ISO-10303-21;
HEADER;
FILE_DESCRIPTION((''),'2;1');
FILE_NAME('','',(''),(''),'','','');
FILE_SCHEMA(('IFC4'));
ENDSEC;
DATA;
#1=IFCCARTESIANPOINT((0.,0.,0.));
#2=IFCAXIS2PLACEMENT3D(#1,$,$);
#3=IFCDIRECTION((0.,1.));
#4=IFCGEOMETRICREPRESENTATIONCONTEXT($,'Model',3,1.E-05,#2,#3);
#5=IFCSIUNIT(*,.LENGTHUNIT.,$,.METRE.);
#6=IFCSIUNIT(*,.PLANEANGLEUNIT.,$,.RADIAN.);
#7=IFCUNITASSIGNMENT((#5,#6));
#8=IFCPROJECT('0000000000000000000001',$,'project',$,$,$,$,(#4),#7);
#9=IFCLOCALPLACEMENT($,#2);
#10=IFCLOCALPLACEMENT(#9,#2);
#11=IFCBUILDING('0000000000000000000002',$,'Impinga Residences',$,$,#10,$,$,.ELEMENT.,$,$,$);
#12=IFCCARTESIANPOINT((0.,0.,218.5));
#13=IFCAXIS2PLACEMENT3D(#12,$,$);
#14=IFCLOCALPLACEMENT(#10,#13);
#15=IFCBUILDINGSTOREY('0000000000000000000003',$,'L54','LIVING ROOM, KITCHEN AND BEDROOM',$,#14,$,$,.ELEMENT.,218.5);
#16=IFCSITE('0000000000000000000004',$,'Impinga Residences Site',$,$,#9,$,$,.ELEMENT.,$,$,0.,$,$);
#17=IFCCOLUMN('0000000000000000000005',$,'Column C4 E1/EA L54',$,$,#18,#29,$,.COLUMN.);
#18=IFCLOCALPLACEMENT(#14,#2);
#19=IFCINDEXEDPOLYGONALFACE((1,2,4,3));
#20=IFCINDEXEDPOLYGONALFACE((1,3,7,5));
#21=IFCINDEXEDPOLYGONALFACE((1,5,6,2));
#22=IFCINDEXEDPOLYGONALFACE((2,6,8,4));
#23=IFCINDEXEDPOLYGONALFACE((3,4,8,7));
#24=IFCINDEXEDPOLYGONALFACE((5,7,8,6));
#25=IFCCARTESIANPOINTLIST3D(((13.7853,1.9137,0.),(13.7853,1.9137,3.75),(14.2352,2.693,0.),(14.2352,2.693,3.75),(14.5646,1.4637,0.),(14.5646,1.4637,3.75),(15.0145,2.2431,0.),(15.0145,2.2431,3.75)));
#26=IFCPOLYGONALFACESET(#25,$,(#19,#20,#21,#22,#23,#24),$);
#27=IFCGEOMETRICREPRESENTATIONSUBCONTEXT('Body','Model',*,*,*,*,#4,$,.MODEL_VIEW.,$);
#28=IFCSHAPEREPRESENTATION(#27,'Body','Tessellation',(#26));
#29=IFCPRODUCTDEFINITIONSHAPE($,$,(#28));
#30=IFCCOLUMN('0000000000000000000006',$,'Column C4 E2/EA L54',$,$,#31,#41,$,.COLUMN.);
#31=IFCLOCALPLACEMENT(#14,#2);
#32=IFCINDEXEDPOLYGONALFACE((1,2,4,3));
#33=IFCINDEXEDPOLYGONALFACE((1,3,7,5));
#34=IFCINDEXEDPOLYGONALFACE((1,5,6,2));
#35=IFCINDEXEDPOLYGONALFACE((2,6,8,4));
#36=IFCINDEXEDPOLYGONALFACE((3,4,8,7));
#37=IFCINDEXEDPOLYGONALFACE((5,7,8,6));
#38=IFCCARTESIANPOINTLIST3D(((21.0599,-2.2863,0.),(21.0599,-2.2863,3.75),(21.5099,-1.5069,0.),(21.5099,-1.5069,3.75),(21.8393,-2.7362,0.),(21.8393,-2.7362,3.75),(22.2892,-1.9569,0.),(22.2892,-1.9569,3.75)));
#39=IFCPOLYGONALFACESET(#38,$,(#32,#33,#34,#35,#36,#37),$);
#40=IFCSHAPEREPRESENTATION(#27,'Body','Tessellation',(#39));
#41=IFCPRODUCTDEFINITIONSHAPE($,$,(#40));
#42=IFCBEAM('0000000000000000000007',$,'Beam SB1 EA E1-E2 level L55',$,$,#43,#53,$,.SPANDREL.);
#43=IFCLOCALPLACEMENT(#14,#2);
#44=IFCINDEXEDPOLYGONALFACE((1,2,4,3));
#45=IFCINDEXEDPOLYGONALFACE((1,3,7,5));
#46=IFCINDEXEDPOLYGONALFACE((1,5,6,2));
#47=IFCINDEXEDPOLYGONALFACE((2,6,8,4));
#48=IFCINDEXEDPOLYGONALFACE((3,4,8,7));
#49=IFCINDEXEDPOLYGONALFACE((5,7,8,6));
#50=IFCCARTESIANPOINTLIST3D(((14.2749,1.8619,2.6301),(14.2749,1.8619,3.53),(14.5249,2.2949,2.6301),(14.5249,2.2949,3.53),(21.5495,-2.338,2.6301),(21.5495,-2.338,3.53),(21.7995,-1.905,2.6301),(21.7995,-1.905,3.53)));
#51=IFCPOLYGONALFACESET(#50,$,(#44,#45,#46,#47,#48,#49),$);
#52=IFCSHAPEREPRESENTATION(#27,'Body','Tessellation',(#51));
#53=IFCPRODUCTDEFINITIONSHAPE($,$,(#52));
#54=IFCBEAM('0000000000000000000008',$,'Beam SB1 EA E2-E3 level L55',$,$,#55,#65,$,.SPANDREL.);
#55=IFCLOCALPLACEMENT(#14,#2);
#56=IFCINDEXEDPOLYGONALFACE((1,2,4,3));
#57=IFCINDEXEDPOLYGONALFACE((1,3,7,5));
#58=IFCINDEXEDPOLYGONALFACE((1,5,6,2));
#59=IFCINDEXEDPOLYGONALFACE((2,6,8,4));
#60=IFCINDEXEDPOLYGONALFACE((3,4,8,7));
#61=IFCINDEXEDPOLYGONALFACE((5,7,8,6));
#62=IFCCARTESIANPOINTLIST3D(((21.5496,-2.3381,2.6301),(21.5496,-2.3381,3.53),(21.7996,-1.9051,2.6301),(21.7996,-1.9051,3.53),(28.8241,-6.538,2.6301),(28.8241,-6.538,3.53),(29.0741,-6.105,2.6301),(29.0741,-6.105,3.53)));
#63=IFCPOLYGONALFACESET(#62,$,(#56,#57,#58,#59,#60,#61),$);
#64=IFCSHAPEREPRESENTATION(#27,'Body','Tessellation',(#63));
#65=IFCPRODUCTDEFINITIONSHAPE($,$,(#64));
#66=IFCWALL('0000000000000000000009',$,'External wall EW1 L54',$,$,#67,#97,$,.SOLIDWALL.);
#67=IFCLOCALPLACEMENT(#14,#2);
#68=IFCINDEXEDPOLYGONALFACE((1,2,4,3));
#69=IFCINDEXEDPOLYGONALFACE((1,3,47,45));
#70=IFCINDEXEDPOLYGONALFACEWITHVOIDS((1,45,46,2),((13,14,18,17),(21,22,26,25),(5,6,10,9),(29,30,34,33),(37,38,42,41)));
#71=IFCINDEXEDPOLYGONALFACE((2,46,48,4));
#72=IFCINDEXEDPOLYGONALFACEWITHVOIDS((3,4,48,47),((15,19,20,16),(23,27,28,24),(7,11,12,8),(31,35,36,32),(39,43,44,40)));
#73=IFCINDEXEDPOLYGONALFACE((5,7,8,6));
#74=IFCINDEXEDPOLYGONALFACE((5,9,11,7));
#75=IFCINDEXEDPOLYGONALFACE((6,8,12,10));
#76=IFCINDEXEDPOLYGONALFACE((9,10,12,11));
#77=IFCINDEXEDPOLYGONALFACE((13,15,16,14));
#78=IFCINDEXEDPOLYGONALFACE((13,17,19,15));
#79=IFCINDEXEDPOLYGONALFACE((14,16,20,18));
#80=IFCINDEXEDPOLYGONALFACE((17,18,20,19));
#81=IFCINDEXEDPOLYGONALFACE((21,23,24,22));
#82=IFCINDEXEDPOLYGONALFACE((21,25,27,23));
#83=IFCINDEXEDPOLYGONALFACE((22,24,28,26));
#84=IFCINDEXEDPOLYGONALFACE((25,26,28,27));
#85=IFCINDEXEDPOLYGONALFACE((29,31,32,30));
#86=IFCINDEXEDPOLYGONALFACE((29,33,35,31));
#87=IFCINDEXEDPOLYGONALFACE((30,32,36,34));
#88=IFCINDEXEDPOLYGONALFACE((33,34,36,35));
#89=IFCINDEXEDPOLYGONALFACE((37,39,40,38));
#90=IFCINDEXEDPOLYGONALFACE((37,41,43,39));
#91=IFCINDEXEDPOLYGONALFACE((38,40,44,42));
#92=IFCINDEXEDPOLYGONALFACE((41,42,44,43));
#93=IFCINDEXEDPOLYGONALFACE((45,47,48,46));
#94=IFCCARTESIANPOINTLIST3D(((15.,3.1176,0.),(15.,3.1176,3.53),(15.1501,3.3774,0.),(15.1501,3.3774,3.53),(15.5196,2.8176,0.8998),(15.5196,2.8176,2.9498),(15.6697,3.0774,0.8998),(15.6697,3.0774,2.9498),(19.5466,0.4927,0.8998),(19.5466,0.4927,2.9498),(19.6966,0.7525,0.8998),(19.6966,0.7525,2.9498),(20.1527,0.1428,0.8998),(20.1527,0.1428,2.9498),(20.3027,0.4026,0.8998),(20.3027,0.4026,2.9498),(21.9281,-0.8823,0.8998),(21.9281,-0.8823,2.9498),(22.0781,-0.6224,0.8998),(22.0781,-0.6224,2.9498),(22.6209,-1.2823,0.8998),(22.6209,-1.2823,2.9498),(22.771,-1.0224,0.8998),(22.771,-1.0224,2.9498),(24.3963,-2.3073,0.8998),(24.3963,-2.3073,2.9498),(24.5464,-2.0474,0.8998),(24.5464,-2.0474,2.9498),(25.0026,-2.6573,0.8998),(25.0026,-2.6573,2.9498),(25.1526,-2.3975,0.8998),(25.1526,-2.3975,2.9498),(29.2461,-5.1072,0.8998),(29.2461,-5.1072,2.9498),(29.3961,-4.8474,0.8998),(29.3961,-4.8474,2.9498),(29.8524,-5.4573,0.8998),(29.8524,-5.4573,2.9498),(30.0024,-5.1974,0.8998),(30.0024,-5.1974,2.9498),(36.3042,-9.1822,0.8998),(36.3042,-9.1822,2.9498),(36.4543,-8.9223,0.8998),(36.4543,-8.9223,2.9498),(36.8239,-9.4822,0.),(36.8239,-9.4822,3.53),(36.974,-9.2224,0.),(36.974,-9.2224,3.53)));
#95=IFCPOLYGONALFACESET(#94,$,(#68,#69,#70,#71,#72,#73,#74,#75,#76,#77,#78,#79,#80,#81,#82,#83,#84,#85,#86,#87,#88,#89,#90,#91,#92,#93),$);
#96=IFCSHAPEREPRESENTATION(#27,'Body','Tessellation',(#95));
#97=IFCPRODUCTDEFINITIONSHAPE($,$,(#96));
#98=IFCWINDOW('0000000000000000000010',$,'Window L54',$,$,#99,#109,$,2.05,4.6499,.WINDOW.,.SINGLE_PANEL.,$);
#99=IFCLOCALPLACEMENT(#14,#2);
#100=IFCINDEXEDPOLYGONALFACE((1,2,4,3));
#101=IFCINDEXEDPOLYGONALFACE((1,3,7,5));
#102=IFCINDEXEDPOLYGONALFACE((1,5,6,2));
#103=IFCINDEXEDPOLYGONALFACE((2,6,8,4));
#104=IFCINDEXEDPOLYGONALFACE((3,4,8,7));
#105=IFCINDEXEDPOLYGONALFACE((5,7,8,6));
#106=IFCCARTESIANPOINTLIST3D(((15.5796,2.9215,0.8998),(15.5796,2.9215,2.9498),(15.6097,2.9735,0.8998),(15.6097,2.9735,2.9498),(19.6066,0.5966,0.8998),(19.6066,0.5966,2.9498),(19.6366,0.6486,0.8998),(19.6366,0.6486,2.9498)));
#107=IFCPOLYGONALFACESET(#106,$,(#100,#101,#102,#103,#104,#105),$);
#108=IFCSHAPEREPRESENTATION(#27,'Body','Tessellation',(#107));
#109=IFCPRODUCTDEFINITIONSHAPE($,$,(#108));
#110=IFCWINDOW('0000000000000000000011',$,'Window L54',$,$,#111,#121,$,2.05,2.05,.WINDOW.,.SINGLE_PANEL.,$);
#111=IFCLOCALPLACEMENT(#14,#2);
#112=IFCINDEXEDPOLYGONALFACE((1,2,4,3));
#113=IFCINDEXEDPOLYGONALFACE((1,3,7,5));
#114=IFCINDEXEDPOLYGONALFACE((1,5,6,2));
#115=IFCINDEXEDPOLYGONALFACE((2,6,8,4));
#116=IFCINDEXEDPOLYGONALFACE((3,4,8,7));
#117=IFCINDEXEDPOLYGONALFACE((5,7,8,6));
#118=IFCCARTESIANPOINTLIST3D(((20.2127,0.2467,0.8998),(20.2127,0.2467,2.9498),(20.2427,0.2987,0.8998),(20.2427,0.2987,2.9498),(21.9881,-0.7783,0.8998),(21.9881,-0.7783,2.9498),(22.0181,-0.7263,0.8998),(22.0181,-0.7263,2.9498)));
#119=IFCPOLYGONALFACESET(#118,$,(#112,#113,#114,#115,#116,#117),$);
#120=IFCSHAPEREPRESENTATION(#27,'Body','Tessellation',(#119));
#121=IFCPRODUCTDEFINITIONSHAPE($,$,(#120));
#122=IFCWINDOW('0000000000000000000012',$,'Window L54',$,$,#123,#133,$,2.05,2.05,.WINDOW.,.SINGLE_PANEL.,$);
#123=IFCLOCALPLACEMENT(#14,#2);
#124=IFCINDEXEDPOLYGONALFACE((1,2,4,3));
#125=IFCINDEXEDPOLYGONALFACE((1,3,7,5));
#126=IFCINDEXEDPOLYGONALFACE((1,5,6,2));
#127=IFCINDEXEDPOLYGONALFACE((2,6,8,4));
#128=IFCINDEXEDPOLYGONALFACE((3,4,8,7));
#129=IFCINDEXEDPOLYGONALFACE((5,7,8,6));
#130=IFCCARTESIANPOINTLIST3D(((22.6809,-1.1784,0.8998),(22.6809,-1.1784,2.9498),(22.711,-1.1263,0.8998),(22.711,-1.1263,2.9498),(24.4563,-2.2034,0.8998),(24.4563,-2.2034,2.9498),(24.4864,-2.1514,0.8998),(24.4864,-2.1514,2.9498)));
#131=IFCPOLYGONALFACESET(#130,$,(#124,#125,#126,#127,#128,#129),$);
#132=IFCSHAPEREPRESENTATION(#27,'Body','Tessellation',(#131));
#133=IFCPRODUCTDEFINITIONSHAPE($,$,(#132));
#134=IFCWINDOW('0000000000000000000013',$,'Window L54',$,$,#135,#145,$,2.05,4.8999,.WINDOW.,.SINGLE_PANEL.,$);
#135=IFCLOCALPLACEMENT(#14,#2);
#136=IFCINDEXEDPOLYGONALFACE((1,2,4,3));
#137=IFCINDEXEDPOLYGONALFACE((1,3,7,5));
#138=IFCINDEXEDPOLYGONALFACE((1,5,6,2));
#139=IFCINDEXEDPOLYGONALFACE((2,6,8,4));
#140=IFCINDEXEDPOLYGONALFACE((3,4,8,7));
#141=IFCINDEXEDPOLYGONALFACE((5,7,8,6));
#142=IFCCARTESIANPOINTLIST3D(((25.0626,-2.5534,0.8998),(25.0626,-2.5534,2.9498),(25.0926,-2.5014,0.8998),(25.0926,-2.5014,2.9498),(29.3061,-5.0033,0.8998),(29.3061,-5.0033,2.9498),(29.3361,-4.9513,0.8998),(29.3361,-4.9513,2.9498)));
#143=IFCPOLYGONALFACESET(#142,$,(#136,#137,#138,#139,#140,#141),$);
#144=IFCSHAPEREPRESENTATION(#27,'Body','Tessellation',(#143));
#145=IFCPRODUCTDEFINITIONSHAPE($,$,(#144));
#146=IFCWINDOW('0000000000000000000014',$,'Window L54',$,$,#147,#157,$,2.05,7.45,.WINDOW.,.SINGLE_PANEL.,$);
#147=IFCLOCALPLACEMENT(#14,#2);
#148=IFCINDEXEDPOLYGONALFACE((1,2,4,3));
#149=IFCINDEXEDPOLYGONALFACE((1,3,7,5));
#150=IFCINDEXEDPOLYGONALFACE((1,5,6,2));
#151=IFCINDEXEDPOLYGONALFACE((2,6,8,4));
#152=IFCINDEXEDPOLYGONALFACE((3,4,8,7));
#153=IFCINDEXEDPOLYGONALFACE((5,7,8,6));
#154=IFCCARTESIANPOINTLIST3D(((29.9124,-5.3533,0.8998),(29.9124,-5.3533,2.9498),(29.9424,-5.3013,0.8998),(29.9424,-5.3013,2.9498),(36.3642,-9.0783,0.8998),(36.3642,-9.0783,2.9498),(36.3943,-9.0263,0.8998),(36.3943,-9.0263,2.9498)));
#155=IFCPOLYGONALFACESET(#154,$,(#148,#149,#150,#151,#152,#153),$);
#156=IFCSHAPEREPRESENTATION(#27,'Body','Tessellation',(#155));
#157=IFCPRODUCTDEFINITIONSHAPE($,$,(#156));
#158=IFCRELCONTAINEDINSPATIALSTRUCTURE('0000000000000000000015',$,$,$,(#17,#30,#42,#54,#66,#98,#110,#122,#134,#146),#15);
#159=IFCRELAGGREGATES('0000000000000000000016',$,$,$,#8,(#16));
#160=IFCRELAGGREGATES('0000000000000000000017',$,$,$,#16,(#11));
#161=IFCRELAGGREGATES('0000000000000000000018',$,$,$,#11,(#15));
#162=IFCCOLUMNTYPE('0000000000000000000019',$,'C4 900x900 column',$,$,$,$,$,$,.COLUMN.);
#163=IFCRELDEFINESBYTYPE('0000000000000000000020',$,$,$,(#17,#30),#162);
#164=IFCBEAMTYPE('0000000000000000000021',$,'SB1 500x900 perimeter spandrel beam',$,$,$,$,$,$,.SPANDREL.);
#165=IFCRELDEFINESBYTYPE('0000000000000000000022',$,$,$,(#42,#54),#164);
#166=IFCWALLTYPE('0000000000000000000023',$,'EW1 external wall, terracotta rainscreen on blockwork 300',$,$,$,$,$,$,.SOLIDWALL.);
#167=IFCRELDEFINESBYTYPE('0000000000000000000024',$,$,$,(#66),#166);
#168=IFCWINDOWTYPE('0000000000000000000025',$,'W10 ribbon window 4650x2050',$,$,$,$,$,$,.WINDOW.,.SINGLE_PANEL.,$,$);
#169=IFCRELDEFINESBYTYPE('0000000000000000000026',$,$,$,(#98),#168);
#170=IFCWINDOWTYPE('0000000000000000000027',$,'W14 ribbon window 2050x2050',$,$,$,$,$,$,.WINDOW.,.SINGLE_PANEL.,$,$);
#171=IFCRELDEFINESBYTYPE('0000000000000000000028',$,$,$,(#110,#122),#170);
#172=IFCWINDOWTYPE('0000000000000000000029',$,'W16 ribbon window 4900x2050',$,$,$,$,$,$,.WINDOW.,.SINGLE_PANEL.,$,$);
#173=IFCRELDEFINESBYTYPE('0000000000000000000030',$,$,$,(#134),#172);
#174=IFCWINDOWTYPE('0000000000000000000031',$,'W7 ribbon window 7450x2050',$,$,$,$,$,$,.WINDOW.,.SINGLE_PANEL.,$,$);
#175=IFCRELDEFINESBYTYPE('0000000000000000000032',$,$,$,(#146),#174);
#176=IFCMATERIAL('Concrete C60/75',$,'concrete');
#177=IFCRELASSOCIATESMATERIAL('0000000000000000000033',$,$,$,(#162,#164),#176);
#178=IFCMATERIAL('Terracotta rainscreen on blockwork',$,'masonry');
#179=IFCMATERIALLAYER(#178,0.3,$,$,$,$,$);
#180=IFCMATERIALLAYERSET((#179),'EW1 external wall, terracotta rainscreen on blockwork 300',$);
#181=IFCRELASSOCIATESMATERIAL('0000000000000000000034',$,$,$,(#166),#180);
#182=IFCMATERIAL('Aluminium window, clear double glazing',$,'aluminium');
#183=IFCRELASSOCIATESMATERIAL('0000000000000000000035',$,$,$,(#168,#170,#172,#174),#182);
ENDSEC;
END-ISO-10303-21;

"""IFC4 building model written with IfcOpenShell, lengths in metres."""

from ifc_helpers import new_model, si_unit, direction, frame, frame_2d, origin, origin_2d, place, context, subcontext, project, spatial, rectangle, extrude, material, layer, layer_set, material_profile, profile_set, type_object, element, fill, save


model = new_model("IFC4")

# Units and contexts
model_context = context("Model", 3, precision=1e-05, world=origin(), true_north=direction((0.0, 1.0)))
body_context = subcontext(model_context, "Body", "Model", "MODEL_VIEW")
ifc_project = project(units=[si_unit("LENGTHUNIT", "METRE"), si_unit("PLANEANGLEUNIT", "RADIAN")], contexts=[model_context])

# Site, building, storey
site_placement = place(None, origin())
site = spatial("IfcSite", under=ifc_project, at=site_placement, Name="Impinga Residences Site", CompositionType="ELEMENT", RefElevation=0.0)
building_placement = place(site_placement, origin())
building = spatial("IfcBuilding", under=site, at=building_placement, Name="Impinga Residences", CompositionType="ELEMENT")
storey_placement = place(building_placement, frame((0.0, 0.0, 218.5)))
storey = spatial("IfcBuildingStorey", under=building, at=storey_placement, Name="L54", Description="LIVING ROOM, KITCHEN AND BEDROOM", CompositionType="ELEMENT", Elevation=218.5)

# Columns
ifc_material_1 = material(Name="Concrete C60/75", Category="concrete")
ifc_material_profile_1 = material_profile(ifc_material_1, rectangle(XDim=0.8999, YDim=0.8999, at=origin_2d()), Name="RC 900x900")
ifc_profile_set_1 = profile_set([ifc_material_profile_1], Name="Concrete C60/75")
column_type = type_object("IfcColumnType", Name="C4 900x900 column", PredefinedType="COLUMN", material=ifc_profile_set_1)
for number, where, z_axis, x_axis, name in (
    (1, (14.3999, 2.0784, 0.0), (0.0, 0.0, 1.0), (-0.5, -0.866025, 0.0), "Column C4 E1/EA L54"),
    (2, (21.6746, -2.1216, 0.0), (0.0, 0.0, 1.0), (-0.5, -0.866025, 0.0), "Column C4 E2/EA L54"),
):
    element("IfcColumn", number, at=place(storey_placement, frame(where, z_axis=z_axis, x_axis=x_axis)), inside=storey, type_object=column_type, Name=name, PredefinedType="COLUMN", context=body_context, shape_type="SweptSolid", body=[
        extrude(rectangle(XDim=0.8999, YDim=0.8999, at=origin_2d()), origin(), (0.0, 0.0, 1.0), 3.75),
    ])

# Beams
ifc_material_profile_2 = material_profile(ifc_material_1, rectangle(XDim=0.5, YDim=0.8999, at=origin_2d()), Name="RC 500x900")
ifc_profile_set_2 = profile_set([ifc_material_profile_2], Name="Concrete C60/75")
beam_type = type_object("IfcBeamType", Name="SB1 500x900 perimeter spandrel beam", PredefinedType="SPANDREL", material=ifc_profile_set_2)
for number, where, z_axis, x_axis, name in (
    (3, (14.3999, 2.0784, 3.0801), (0.866029, -0.499993, 0.0), (0.499993, 0.866029, 0.0), "Beam SB1 EA E1-E2 level L55"),
    (4, (21.6746, -2.1216, 3.0801), (0.866029, -0.499993, 0.0), (0.499993, 0.866029, 0.0), "Beam SB1 EA E2-E3 level L55"),
):
    element("IfcBeam", number, at=place(storey_placement, frame(where, z_axis=z_axis, x_axis=x_axis)), inside=storey, type_object=beam_type, Name=name, PredefinedType="SPANDREL", context=body_context, shape_type="SweptSolid", body=[
        extrude(rectangle(XDim=0.5, YDim=0.8999, at=origin_2d()), origin(), (0.0, 0.0, 1.0), 8.3999),
    ])

# Wall, openings, windows
ifc_material_2 = material(Name="Terracotta rainscreen on blockwork", Category="masonry")
ifc_layer_1 = layer(ifc_material_2, 0.3)
ifc_layer_set_1 = layer_set([ifc_layer_1], Name="EW1 external wall, terracotta rainscreen on blockwork 300")
wall_type_1 = type_object("IfcWallType", Name="EW1 external wall, terracotta rainscreen on blockwork 300", PredefinedType="SOLIDWALL", material=ifc_layer_set_1)
wall_1_placement = place(storey_placement, frame((15.075, 3.2476, 0.0), z_axis=(0.0, 0.0, 1.0), x_axis=(0.866029, -0.499993, 0.0)))
wall_1 = element("IfcWall", 5, at=wall_1_placement, inside=storey, type_object=wall_type_1, Name="External wall EW1 L54", PredefinedType="SOLIDWALL", context=body_context, shape_type="SweptSolid", body=[
    extrude(rectangle(XDim=25.2, YDim=0.3, at=frame_2d((12.6001, 0.0))), origin(), (0.0, 0.0, 1.0), 3.53),
])
opening_1_placement = place(wall_1_placement, frame((0.6001, 0.0, 0.8999)))
opening_1 = element("IfcOpeningElement", 6, at=opening_1_placement, cuts=wall_1, PredefinedType="OPENING", context=body_context, shape_type="SweptSolid", body=[
    extrude(rectangle(XDim=4.6499, YDim=2.05, at=frame_2d((2.325, 1.0249))), frame((0.0, 0.1599, 0.0), z_axis=(0.0, -1.0, 0.0), x_axis=(1.0, 0.0, 0.0)), (0.0, 0.0, 1.0), 0.3201),
])
opening_2_placement = place(wall_1_placement, frame((5.95, 0.0, 0.8999)))
opening_2 = element("IfcOpeningElement", 7, at=opening_2_placement, cuts=wall_1, PredefinedType="OPENING", context=body_context, shape_type="SweptSolid", body=[
    extrude(rectangle(XDim=2.05, YDim=2.05, at=frame_2d((1.0249, 1.0249))), frame((0.0, 0.1599, 0.0), z_axis=(0.0, -1.0, 0.0), x_axis=(1.0, 0.0, 0.0)), (0.0, 0.0, 1.0), 0.3201),
])
opening_3_placement = place(wall_1_placement, frame((8.8, 0.0, 0.8999)))
opening_3 = element("IfcOpeningElement", 8, at=opening_3_placement, cuts=wall_1, PredefinedType="OPENING", context=body_context, shape_type="SweptSolid", body=[
    extrude(rectangle(XDim=2.05, YDim=2.05, at=frame_2d((1.0249, 1.0249))), frame((0.0, 0.1599, 0.0), z_axis=(0.0, -1.0, 0.0), x_axis=(1.0, 0.0, 0.0)), (0.0, 0.0, 1.0), 0.3201),
])
opening_4_placement = place(wall_1_placement, frame((11.55, 0.0, 0.8999)))
opening_4 = element("IfcOpeningElement", 9, at=opening_4_placement, cuts=wall_1, PredefinedType="OPENING", context=body_context, shape_type="SweptSolid", body=[
    extrude(rectangle(XDim=4.8999, YDim=2.05, at=frame_2d((2.45, 1.0249))), frame((0.0, 0.1599, 0.0), z_axis=(0.0, -1.0, 0.0), x_axis=(1.0, 0.0, 0.0)), (0.0, 0.0, 1.0), 0.3201),
])
opening_5_placement = place(wall_1_placement, frame((17.1499, 0.0, 0.8999)))
opening_5 = element("IfcOpeningElement", 10, at=opening_5_placement, cuts=wall_1, PredefinedType="OPENING", context=body_context, shape_type="SweptSolid", body=[
    extrude(rectangle(XDim=7.45, YDim=2.05, at=frame_2d((3.7251, 1.0249))), frame((0.0, 0.1599, 0.0), z_axis=(0.0, -1.0, 0.0), x_axis=(1.0, 0.0, 0.0)), (0.0, 0.0, 1.0), 0.3201),
])
ifc_material_3 = material(Name="Aluminium window, clear double glazing", Category="aluminium")
window_type_1 = type_object("IfcWindowType", Name="W10 ribbon window 4650x2050", PartitioningType="SINGLE_PANEL", PredefinedType="WINDOW", material=ifc_material_3)
window_1_placement = place(opening_1_placement, origin())
window_1 = element("IfcWindow", 11, at=window_1_placement, inside=storey, type_object=window_type_1, Name="Window L54", OverallHeight=2.05, OverallWidth=4.6499, PartitioningType="SINGLE_PANEL", PredefinedType="WINDOW", context=body_context, shape_type="SweptSolid", body=[
    extrude(rectangle(XDim=4.6499, YDim=2.05, at=frame_2d((2.325, 1.0249))), frame((0.0, 0.03, 0.0), z_axis=(0.0, -1.0, 0.0), x_axis=(1.0, 0.0, 0.0)), (0.0, 0.0, 1.0), 0.0601),
])
fill(opening_1, window_1)
window_type_2 = type_object("IfcWindowType", Name="W14 ribbon window 2050x2050", PartitioningType="SINGLE_PANEL", PredefinedType="WINDOW", material=ifc_material_3)
window_2_placement = place(opening_2_placement, origin())
window_2 = element("IfcWindow", 12, at=window_2_placement, inside=storey, type_object=window_type_2, Name="Window L54", OverallHeight=2.05, OverallWidth=2.05, PartitioningType="SINGLE_PANEL", PredefinedType="WINDOW", context=body_context, shape_type="SweptSolid", body=[
    extrude(rectangle(XDim=2.05, YDim=2.05, at=frame_2d((1.0249, 1.0249))), frame((0.0, 0.03, 0.0), z_axis=(0.0, -1.0, 0.0), x_axis=(1.0, 0.0, 0.0)), (0.0, 0.0, 1.0), 0.0601),
])
fill(opening_2, window_2)
window_3_placement = place(opening_3_placement, origin())
window_3 = element("IfcWindow", 13, at=window_3_placement, inside=storey, type_object=window_type_2, Name="Window L54", OverallHeight=2.05, OverallWidth=2.05, PartitioningType="SINGLE_PANEL", PredefinedType="WINDOW", context=body_context, shape_type="SweptSolid", body=[
    extrude(rectangle(XDim=2.05, YDim=2.05, at=frame_2d((1.0249, 1.0249))), frame((0.0, 0.03, 0.0), z_axis=(0.0, -1.0, 0.0), x_axis=(1.0, 0.0, 0.0)), (0.0, 0.0, 1.0), 0.0601),
])
fill(opening_3, window_3)
window_type_3 = type_object("IfcWindowType", Name="W16 ribbon window 4900x2050", PartitioningType="SINGLE_PANEL", PredefinedType="WINDOW", material=ifc_material_3)
window_4_placement = place(opening_4_placement, origin())
window_4 = element("IfcWindow", 14, at=window_4_placement, inside=storey, type_object=window_type_3, Name="Window L54", OverallHeight=2.05, OverallWidth=4.8999, PartitioningType="SINGLE_PANEL", PredefinedType="WINDOW", context=body_context, shape_type="SweptSolid", body=[
    extrude(rectangle(XDim=4.8999, YDim=2.05, at=frame_2d((2.45, 1.0249))), frame((0.0, 0.03, 0.0), z_axis=(0.0, -1.0, 0.0), x_axis=(1.0, 0.0, 0.0)), (0.0, 0.0, 1.0), 0.0601),
])
fill(opening_4, window_4)
window_type_4 = type_object("IfcWindowType", Name="W7 ribbon window 7450x2050", PartitioningType="SINGLE_PANEL", PredefinedType="WINDOW", material=ifc_material_3)
window_5_placement = place(opening_5_placement, origin())
window_5 = element("IfcWindow", 15, at=window_5_placement, inside=storey, type_object=window_type_4, Name="Window L54", OverallHeight=2.05, OverallWidth=7.45, PartitioningType="SINGLE_PANEL", PredefinedType="WINDOW", context=body_context, shape_type="SweptSolid", body=[
    extrude(rectangle(XDim=7.45, YDim=2.05, at=frame_2d((3.7251, 1.0249))), frame((0.0, 0.03, 0.0), z_axis=(0.0, -1.0, 0.0), x_axis=(1.0, 0.0, 0.0)), (0.0, 0.0, 1.0), 0.0601),
])
fill(opening_5, window_5)

save(model, "model.ifc")
